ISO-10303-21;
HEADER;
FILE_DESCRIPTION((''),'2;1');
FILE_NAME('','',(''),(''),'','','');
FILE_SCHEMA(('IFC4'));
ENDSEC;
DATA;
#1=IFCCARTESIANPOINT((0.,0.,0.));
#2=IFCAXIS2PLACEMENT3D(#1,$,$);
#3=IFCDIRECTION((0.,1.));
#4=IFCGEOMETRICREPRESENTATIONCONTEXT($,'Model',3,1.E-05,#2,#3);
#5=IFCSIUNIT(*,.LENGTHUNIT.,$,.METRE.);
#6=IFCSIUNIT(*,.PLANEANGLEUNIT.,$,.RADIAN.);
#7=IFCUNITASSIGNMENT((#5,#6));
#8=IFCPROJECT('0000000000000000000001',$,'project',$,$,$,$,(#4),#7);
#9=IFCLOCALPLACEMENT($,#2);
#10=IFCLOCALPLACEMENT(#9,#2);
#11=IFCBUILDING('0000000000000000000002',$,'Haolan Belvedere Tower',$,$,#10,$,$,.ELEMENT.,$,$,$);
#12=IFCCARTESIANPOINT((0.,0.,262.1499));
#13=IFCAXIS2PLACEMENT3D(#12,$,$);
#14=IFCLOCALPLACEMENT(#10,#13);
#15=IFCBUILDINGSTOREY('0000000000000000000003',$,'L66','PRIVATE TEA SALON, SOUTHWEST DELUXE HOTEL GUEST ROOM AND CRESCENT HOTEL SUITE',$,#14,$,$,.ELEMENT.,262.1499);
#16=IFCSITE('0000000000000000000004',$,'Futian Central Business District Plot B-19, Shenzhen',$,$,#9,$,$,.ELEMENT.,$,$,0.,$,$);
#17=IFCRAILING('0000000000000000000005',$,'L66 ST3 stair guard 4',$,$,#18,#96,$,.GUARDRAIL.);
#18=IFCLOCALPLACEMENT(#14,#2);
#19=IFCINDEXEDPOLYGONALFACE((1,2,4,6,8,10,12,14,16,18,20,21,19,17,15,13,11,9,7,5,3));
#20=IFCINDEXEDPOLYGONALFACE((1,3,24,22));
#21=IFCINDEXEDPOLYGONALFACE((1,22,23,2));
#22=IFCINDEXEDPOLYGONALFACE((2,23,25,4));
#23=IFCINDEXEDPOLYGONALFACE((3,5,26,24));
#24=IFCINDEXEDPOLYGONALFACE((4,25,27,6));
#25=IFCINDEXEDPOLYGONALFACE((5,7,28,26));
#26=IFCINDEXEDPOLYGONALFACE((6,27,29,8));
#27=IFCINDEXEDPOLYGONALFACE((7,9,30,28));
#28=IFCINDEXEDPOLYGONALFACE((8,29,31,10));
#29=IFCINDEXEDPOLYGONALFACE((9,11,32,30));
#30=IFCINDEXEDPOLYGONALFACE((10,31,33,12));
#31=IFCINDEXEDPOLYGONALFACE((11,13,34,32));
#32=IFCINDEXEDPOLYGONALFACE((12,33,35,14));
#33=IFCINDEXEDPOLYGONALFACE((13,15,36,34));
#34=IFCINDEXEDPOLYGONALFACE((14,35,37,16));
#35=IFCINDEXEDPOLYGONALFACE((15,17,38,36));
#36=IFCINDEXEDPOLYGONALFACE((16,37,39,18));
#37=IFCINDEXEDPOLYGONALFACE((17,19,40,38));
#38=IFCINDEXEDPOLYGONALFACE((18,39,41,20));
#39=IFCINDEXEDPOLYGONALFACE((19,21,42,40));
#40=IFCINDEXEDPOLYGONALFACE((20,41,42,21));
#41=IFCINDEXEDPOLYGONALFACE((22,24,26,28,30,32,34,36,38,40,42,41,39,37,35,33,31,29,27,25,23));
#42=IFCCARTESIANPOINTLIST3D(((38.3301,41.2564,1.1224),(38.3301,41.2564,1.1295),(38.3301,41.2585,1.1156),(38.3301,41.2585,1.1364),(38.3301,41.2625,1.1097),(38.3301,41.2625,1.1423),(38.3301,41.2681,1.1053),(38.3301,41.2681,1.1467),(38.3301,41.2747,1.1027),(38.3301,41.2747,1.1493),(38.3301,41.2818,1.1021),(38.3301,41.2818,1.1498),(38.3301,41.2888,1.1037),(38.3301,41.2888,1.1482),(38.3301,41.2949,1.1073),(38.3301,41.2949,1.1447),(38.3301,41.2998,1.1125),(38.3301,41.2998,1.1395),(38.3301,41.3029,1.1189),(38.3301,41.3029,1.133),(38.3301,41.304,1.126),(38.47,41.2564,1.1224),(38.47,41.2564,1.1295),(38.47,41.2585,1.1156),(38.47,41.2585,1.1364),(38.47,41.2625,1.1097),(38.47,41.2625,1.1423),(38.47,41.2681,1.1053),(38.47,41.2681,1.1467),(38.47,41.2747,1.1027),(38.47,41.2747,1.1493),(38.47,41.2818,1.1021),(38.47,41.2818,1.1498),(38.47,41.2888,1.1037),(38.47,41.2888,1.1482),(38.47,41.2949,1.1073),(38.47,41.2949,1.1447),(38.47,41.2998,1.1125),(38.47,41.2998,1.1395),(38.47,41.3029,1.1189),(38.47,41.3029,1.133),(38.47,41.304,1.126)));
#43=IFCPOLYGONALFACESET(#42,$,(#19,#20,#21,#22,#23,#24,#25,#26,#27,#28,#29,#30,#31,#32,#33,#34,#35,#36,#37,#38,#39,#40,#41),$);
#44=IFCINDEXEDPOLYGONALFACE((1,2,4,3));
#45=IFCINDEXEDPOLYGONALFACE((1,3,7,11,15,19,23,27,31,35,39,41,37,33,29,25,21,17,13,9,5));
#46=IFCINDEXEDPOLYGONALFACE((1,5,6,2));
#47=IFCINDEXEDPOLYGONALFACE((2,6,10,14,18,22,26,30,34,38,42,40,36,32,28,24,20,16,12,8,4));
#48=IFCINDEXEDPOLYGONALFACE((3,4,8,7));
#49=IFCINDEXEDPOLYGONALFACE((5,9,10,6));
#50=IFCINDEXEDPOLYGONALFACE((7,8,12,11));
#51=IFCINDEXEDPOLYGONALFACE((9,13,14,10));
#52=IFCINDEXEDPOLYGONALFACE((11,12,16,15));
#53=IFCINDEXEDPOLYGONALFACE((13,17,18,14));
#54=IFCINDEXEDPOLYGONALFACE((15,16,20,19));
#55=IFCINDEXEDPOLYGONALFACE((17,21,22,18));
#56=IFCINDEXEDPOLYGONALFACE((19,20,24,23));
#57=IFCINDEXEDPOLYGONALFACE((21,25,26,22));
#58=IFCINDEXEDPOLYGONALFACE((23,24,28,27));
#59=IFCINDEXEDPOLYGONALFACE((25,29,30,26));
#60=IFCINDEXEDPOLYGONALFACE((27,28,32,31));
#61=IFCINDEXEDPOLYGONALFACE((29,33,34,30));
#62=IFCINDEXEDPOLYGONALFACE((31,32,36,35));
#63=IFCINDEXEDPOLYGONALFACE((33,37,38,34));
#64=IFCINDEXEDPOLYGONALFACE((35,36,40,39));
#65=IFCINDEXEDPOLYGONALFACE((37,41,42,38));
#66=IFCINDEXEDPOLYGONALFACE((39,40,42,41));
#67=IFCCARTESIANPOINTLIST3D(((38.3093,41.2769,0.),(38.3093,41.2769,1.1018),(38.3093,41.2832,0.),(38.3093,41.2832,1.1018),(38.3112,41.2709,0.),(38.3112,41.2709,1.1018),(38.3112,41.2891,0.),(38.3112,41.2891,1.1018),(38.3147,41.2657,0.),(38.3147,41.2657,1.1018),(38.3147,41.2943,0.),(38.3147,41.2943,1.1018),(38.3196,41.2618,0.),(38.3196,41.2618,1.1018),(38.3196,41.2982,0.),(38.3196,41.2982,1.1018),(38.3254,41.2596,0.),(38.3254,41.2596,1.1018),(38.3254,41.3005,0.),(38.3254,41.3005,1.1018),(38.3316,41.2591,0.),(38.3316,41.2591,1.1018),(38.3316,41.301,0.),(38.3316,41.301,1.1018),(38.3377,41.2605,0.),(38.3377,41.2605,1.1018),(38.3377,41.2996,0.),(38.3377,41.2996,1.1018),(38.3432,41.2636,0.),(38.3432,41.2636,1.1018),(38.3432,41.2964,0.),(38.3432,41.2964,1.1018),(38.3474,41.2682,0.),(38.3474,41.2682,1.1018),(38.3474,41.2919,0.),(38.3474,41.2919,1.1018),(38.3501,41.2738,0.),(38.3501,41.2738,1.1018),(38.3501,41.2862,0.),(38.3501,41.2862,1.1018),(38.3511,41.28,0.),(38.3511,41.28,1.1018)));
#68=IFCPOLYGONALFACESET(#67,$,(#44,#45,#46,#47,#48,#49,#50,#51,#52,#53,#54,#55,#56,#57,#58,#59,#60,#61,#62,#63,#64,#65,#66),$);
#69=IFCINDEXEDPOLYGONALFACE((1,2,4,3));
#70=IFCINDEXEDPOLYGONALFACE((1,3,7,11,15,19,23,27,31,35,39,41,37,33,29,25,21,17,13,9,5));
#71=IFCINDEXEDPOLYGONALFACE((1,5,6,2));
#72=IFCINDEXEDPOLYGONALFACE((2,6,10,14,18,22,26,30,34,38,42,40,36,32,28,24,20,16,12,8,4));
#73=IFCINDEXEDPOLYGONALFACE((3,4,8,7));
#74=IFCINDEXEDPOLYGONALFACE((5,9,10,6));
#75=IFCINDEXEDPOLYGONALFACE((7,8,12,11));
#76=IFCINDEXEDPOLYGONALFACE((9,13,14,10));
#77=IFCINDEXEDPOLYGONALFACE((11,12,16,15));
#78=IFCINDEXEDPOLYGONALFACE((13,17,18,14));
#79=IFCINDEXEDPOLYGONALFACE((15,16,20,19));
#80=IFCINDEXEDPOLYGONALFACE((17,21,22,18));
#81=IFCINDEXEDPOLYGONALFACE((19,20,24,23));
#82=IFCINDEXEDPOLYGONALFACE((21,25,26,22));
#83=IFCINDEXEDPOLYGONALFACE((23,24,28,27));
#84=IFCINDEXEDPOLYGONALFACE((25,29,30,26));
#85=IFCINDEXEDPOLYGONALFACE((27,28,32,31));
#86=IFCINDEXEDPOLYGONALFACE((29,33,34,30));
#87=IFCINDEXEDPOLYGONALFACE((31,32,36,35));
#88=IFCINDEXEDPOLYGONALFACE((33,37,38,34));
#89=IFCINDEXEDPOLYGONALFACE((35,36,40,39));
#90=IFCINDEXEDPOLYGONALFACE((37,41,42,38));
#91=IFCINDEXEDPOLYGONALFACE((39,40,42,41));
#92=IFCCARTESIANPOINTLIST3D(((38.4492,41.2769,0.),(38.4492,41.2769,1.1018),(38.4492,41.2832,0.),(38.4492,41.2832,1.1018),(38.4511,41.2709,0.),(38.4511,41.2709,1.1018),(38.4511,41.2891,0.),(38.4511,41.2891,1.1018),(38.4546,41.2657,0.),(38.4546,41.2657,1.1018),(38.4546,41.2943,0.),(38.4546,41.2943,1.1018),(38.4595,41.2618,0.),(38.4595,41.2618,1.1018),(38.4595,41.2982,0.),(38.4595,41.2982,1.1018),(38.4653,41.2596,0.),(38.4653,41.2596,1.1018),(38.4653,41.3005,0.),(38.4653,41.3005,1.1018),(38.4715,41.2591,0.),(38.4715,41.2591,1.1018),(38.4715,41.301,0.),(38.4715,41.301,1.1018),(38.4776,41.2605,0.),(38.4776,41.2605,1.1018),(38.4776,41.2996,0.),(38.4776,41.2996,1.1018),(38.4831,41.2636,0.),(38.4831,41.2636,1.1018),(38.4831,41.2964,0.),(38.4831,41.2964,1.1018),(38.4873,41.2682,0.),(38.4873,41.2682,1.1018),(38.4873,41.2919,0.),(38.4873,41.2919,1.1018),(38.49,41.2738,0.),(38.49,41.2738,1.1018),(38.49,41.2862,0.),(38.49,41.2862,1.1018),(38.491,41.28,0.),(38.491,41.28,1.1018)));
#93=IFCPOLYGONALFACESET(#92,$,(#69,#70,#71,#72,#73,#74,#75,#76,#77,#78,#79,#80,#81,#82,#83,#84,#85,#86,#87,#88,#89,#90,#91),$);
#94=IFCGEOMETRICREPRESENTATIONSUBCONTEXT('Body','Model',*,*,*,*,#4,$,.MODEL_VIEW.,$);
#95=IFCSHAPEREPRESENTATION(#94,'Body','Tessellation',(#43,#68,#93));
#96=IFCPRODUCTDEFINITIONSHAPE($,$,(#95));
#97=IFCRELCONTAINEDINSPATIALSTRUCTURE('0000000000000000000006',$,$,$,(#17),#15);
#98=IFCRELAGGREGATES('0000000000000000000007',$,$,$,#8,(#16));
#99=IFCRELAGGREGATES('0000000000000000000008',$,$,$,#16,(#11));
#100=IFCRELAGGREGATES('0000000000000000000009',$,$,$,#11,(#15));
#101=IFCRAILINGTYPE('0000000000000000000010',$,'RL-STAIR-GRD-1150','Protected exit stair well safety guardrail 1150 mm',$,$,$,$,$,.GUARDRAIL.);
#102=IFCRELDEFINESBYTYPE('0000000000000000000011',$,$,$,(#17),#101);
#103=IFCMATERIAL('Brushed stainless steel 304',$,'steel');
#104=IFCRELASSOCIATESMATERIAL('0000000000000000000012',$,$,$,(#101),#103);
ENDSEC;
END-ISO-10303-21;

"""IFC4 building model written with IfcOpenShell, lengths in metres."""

from ifc_helpers import new_model, si_unit, direction, frame, origin, origin_2d, place, context, subcontext, project, spatial, circle, extrude, material, type_object, element, save


model = new_model("IFC4")

# Units and contexts
model_context = context("Model", 3, precision=1e-05, world=origin(), true_north=direction((0.0, 1.0)))
body_context = subcontext(model_context, "Body", "Model", "MODEL_VIEW")
ifc_project = project(units=[si_unit("LENGTHUNIT", "METRE"), si_unit("PLANEANGLEUNIT", "RADIAN")], contexts=[model_context])

# Site, building, storey
site_placement = place(None, origin())
site = spatial("IfcSite", under=ifc_project, at=site_placement, Name="Futian Central Business District Plot B-19, Shenzhen", CompositionType="ELEMENT", RefElevation=0.0)
building_placement = place(site_placement, origin())
building = spatial("IfcBuilding", under=site, at=building_placement, Name="Haolan Belvedere Tower", CompositionType="ELEMENT")
storey_placement = place(building_placement, frame((0.0, 0.0, 262.1499)))
storey = spatial("IfcBuildingStorey", under=building, at=storey_placement, Name="L66", Description="PRIVATE TEA SALON, SOUTHWEST DELUXE HOTEL GUEST ROOM AND CRESCENT HOTEL SUITE", CompositionType="ELEMENT", Elevation=262.1499)

# Railing
ifc_material_1 = material(Name="Brushed stainless steel 304", Category="steel")
railing_type_1 = type_object("IfcRailingType", Name="RL-STAIR-GRD-1150", Description="Protected exit stair well safety guardrail 1150 mm", PredefinedType="GUARDRAIL", material=ifc_material_1)
railing_1_placement = place(storey_placement, frame((38.3301, 41.28, 0.0)))
element("IfcRailing", 1, at=railing_1_placement, inside=storey, type_object=railing_type_1, Name="L66 ST3 stair guard 4", PredefinedType="GUARDRAIL", context=body_context, shape_type="SweptSolid", body=[
    extrude(circle(Radius=0.0239, at=origin_2d()), frame((0.0, 0.0, 1.126), z_axis=(1.0, 0.0, 0.0), x_axis=(0.0, 1.0, 0.0)), (0.0, 0.0, 1.0), 0.1399),
    extrude(circle(Radius=0.021, at=origin_2d()), origin(), (0.0, 0.0, 1.0), 1.1018),
    extrude(circle(Radius=0.021, at=origin_2d()), frame((0.1399, 0.0, 0.0)), (0.0, 0.0, 1.0), 1.1018),
])

save(model, "model.ifc")
